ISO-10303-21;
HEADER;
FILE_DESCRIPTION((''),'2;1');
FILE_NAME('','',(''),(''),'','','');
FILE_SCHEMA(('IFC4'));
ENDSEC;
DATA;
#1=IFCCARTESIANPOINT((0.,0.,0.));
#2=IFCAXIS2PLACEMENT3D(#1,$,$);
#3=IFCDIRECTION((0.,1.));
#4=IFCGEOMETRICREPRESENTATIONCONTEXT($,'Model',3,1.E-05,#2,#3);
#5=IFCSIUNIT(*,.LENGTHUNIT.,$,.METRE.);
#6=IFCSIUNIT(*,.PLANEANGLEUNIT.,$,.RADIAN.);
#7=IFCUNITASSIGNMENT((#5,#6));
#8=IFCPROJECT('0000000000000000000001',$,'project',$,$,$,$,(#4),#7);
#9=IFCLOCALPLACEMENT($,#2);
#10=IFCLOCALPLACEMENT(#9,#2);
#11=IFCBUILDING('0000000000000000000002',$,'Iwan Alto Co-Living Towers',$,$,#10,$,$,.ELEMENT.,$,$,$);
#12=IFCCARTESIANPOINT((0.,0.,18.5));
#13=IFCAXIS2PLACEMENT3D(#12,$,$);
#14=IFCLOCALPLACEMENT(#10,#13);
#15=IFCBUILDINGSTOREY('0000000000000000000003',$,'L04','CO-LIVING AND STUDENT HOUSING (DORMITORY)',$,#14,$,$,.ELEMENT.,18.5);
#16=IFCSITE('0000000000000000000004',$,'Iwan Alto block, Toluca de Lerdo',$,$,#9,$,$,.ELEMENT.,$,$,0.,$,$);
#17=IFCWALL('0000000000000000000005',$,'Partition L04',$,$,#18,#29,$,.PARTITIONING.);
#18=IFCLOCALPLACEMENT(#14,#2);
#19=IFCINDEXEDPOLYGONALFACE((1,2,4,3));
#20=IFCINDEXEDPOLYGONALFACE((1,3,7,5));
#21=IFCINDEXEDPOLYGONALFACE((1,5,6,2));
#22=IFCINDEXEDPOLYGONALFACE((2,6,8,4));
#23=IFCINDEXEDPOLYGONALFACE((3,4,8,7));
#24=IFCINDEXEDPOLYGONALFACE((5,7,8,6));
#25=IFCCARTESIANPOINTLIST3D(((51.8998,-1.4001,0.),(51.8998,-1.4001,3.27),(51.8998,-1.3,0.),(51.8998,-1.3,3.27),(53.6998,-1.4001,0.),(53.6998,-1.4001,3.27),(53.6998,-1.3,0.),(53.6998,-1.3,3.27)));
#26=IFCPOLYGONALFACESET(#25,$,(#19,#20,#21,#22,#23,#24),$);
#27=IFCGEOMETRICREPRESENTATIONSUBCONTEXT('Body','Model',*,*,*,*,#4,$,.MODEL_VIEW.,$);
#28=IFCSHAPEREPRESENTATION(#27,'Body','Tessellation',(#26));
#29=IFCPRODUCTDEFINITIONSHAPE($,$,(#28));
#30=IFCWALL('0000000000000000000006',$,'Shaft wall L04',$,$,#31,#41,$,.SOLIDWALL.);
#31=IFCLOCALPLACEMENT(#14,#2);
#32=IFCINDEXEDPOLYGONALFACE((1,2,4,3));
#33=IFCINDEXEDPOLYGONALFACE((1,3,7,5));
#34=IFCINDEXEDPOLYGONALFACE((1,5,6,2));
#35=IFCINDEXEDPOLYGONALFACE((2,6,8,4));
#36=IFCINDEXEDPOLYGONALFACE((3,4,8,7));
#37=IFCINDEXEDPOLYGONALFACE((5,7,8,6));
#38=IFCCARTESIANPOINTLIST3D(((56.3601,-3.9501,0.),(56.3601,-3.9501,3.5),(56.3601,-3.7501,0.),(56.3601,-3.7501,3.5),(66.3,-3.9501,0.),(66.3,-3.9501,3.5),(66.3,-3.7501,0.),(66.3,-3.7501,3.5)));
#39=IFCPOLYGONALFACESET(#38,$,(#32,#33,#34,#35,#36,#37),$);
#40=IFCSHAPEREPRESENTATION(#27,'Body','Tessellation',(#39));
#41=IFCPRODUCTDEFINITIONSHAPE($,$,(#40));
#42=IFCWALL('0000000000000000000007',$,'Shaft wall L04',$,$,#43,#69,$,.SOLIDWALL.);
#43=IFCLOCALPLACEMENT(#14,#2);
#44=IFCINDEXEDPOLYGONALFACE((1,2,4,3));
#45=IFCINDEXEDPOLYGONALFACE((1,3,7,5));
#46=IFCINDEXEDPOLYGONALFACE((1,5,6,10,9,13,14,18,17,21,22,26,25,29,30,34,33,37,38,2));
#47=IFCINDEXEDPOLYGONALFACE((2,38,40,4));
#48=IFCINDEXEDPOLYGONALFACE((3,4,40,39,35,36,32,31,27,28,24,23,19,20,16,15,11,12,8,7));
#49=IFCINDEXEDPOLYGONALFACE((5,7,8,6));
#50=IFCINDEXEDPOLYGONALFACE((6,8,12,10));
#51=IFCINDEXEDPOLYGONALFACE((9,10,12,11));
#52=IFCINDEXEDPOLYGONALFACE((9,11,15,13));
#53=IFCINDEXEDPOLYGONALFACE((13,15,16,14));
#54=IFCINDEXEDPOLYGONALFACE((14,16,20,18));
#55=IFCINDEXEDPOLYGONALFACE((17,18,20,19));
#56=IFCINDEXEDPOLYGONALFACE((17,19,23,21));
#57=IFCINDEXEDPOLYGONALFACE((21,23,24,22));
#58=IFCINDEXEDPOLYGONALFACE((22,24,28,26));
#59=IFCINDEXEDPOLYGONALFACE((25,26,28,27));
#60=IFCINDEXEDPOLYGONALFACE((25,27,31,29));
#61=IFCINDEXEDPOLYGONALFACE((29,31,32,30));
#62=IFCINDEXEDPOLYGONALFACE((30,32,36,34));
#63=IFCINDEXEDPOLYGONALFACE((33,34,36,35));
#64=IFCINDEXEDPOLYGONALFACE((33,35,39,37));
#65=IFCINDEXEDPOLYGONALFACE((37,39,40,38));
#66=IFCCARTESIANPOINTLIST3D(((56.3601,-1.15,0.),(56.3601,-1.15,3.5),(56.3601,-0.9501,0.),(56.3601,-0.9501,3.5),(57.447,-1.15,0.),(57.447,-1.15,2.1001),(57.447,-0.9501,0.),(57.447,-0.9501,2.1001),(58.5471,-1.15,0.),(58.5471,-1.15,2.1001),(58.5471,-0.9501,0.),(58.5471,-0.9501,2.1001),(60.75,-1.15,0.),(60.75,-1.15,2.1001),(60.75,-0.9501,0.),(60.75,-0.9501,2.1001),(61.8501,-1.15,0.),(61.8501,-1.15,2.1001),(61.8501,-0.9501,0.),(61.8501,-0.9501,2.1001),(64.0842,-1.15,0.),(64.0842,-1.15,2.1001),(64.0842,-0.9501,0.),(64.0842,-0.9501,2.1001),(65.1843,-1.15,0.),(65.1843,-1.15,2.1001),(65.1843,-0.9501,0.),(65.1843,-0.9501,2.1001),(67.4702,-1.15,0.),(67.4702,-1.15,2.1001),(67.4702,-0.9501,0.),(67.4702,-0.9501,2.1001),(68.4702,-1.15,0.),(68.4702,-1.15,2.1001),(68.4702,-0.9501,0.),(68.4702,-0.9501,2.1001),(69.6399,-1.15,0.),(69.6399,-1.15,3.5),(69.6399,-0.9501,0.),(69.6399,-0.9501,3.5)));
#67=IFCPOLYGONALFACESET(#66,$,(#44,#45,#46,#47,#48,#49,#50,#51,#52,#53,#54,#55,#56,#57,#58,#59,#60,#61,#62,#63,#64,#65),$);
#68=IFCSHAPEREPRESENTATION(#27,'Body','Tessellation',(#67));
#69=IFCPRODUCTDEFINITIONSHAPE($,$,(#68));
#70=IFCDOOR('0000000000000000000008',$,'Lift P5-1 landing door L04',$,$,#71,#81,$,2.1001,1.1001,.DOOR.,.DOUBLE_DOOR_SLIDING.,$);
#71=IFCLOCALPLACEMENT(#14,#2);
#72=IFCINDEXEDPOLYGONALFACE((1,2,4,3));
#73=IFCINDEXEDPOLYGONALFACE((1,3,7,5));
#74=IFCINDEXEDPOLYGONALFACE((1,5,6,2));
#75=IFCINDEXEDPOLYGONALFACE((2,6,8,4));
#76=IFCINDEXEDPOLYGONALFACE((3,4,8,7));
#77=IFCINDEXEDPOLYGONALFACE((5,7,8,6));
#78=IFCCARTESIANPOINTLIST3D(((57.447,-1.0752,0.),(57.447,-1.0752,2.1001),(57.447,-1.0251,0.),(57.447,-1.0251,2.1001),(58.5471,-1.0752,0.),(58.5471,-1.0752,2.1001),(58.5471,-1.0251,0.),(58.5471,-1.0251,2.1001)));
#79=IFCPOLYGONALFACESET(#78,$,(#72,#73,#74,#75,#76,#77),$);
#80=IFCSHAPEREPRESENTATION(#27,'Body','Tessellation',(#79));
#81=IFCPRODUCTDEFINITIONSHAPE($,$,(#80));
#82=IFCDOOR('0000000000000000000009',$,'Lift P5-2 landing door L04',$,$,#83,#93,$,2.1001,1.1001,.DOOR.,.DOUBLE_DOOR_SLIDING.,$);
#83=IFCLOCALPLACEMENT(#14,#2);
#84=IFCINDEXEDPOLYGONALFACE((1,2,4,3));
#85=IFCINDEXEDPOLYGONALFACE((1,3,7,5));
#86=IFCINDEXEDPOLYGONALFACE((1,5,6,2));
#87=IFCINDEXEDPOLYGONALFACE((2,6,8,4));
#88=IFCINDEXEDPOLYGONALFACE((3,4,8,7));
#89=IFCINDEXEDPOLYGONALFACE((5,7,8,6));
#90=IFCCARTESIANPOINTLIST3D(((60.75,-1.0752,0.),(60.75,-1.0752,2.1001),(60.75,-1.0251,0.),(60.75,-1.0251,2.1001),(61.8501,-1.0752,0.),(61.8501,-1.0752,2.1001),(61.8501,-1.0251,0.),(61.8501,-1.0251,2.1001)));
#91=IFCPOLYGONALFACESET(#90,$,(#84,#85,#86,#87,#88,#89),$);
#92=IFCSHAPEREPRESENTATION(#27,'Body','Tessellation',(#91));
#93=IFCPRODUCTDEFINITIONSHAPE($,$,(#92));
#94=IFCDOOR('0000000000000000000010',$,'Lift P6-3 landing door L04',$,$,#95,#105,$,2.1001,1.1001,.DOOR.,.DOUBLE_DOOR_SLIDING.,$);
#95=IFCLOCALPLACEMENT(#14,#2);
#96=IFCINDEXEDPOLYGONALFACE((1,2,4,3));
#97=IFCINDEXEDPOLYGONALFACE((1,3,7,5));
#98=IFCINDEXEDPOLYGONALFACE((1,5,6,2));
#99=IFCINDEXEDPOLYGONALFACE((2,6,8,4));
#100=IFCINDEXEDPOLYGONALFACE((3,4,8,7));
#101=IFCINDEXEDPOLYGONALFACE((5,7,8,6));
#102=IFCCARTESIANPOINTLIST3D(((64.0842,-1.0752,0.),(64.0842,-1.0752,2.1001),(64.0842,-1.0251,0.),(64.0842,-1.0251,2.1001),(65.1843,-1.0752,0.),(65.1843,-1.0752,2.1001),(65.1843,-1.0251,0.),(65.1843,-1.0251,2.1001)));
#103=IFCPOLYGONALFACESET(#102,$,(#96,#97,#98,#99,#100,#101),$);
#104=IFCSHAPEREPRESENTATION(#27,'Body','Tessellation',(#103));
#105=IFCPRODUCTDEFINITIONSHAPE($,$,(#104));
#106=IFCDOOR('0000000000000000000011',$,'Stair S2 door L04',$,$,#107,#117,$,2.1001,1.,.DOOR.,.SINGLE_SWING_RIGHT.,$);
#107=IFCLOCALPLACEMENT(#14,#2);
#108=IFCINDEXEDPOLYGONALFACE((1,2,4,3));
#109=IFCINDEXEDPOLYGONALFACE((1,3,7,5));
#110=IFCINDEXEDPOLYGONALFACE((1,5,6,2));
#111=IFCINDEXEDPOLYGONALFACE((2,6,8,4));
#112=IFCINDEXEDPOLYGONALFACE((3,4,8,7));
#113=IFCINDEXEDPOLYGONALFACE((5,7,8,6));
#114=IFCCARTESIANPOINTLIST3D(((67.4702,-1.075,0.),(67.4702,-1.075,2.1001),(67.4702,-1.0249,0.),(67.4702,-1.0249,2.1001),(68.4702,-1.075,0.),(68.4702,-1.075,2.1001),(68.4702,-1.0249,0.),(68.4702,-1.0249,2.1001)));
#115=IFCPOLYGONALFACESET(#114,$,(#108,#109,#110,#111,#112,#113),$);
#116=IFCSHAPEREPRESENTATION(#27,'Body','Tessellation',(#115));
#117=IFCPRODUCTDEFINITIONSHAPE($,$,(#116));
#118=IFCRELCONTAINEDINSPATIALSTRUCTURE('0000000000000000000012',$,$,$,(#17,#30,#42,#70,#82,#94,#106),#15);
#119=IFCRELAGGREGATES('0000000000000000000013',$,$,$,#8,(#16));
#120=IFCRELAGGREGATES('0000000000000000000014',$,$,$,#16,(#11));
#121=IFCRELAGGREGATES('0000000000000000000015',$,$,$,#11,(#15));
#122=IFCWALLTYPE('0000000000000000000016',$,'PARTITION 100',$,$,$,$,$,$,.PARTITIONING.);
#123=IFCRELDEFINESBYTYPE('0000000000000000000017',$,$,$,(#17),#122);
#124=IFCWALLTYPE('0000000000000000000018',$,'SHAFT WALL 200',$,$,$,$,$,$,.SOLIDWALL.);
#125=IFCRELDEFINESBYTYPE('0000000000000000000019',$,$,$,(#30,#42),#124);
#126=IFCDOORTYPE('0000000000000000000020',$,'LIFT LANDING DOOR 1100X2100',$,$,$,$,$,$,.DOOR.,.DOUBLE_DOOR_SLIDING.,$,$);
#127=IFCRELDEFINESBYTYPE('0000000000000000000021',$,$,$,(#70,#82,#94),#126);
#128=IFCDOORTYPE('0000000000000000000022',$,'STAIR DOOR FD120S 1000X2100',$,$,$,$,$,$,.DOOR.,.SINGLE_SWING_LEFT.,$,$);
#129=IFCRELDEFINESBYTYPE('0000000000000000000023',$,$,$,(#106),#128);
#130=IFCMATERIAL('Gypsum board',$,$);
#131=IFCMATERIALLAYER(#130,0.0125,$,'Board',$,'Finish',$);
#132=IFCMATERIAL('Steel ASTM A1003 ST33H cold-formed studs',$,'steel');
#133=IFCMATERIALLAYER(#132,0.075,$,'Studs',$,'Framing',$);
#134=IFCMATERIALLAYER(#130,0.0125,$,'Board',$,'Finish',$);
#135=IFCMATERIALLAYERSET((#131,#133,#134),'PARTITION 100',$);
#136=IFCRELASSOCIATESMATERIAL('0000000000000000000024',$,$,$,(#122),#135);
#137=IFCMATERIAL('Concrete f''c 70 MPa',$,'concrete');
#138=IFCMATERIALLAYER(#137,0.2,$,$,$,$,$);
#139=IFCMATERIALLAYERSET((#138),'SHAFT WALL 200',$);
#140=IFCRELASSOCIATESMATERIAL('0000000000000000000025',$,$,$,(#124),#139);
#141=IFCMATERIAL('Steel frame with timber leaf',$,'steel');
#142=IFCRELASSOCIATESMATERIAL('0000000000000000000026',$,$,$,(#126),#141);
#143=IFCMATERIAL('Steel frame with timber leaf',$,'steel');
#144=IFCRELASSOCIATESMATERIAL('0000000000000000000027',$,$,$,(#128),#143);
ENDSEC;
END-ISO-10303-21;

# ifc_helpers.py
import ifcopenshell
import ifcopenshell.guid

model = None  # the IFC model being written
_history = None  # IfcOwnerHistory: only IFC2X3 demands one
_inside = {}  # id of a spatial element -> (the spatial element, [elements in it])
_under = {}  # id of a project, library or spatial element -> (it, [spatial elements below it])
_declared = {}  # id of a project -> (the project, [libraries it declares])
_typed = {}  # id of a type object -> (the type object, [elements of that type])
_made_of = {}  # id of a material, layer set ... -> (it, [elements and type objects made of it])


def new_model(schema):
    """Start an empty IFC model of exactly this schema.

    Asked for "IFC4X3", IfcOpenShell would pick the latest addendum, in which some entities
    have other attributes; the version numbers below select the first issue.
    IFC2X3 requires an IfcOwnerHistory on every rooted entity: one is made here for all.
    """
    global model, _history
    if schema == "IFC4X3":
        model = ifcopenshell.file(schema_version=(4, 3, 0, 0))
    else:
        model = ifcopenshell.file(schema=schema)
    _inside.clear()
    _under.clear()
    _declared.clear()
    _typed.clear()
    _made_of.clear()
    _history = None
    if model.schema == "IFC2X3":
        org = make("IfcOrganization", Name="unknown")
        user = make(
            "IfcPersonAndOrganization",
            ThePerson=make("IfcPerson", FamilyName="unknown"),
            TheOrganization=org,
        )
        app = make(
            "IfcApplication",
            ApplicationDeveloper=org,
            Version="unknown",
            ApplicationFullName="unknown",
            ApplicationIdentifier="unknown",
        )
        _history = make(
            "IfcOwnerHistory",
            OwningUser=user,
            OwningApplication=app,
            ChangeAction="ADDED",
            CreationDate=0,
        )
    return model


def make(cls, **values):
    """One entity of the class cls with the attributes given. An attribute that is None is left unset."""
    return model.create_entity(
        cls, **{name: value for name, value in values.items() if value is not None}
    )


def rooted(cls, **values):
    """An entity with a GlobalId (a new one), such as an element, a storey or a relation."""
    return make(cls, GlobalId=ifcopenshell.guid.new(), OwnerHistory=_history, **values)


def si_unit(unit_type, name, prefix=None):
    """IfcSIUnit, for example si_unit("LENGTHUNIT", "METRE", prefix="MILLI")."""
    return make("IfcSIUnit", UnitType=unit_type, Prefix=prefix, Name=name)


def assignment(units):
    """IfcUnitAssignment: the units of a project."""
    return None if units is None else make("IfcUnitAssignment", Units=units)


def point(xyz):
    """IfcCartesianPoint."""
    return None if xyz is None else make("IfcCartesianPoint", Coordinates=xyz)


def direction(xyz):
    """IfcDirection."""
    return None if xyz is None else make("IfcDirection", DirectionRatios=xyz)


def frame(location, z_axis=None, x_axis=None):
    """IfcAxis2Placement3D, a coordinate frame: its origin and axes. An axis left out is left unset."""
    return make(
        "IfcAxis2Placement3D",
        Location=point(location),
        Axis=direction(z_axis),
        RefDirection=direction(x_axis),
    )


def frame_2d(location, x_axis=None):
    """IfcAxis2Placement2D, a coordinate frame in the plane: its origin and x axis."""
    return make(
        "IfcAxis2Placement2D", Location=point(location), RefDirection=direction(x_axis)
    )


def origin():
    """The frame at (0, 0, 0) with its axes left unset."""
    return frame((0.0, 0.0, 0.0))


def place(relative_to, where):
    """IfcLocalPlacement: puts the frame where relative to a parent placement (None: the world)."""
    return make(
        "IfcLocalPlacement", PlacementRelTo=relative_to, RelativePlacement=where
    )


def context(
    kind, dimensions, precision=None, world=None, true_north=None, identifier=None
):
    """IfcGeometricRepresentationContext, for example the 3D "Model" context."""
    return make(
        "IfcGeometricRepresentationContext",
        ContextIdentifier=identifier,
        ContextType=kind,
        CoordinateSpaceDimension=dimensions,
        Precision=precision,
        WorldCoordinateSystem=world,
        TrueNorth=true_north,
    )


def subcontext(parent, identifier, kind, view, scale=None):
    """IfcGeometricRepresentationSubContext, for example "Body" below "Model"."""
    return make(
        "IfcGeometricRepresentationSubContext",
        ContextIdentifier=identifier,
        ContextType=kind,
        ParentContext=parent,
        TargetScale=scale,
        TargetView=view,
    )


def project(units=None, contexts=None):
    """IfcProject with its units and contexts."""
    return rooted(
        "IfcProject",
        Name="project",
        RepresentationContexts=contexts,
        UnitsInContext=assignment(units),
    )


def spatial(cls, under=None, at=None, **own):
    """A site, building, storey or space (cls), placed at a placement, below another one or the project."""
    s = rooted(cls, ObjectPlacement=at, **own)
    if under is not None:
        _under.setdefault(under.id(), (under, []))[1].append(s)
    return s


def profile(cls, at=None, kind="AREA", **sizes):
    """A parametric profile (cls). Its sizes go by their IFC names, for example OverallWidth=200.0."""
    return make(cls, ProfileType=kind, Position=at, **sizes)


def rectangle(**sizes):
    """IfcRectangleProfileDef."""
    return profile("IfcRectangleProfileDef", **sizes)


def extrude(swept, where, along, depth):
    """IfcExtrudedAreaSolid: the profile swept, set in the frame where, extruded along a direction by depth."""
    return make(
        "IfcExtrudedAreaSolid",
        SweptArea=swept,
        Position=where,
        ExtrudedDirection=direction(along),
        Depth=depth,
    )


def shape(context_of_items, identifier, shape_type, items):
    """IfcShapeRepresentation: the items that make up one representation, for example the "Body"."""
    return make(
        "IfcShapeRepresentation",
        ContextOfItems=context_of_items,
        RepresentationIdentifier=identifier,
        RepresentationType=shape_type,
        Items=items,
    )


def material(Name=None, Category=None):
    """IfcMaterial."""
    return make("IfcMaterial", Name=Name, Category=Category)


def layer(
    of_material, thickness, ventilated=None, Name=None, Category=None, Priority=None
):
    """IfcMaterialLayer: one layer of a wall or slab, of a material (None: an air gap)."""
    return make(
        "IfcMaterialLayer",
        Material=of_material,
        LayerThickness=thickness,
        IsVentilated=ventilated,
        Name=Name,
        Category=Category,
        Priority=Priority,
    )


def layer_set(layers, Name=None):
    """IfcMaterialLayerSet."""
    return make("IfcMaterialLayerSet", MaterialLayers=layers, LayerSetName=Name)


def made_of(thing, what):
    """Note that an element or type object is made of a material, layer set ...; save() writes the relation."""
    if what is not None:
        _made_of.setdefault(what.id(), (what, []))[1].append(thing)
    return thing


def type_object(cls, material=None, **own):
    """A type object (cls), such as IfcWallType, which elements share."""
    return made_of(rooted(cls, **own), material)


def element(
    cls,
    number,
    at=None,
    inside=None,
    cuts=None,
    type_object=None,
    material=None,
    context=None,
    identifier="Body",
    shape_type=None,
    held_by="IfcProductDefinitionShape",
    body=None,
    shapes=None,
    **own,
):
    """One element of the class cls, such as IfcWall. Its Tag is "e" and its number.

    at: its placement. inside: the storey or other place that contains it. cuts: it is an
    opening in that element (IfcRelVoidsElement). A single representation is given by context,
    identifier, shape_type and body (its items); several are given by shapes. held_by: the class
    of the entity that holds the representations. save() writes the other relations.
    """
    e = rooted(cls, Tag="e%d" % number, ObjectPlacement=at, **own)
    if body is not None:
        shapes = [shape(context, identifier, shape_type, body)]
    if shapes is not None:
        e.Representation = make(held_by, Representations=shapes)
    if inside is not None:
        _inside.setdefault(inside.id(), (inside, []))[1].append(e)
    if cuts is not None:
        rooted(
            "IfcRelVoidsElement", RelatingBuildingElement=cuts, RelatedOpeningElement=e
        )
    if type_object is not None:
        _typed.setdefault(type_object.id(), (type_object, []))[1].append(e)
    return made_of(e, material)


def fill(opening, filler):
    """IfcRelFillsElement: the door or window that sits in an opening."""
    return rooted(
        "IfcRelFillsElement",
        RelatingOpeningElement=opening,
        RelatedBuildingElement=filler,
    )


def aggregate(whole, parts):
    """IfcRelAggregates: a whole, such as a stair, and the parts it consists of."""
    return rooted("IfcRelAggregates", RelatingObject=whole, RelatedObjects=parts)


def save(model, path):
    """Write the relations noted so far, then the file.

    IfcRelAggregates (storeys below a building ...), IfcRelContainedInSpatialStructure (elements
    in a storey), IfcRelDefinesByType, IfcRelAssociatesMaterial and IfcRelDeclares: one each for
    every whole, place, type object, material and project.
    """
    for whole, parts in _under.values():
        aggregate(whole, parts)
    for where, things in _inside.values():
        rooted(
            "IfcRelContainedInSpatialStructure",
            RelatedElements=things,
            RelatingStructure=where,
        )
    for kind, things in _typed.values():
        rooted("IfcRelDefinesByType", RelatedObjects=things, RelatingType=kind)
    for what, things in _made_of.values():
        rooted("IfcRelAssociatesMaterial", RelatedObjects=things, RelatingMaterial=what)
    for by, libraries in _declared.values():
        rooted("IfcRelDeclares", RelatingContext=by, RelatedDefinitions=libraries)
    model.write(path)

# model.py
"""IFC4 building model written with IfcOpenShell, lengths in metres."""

from ifc_helpers import new_model, si_unit, direction, frame, frame_2d, origin, place, context, subcontext, project, spatial, rectangle, extrude, material, layer, layer_set, type_object, element, fill, save


model = new_model("IFC4")

# Units and contexts
model_context = context("Model", 3, precision=1e-05, world=origin(), true_north=direction((0.0, 1.0)))
body_context = subcontext(model_context, "Body", "Model", "MODEL_VIEW")
ifc_project = project(units=[si_unit("LENGTHUNIT", "METRE"), si_unit("PLANEANGLEUNIT", "RADIAN")], contexts=[model_context])

# Site, building, storey
site_placement = place(None, origin())
site = spatial("IfcSite", under=ifc_project, at=site_placement, Name="Iwan Alto block, Toluca de Lerdo", CompositionType="ELEMENT", RefElevation=0.0)
building_placement = place(site_placement, origin())
building = spatial("IfcBuilding", under=site, at=building_placement, Name="Iwan Alto Co-Living Towers", CompositionType="ELEMENT")
storey_placement = place(building_placement, frame((0.0, 0.0, 18.5)))
storey = spatial("IfcBuildingStorey", under=building, at=storey_placement, Name="L04", Description="CO-LIVING AND STUDENT HOUSING (DORMITORY)", CompositionType="ELEMENT", Elevation=18.5)

# Walls
ifc_material_1 = material(Name="Gypsum board")
ifc_layer_1 = layer(ifc_material_1, 0.0125, Name="Board", Category="Finish")
ifc_material_2 = material(Name="Steel ASTM A1003 ST33H cold-formed studs", Category="steel")
ifc_layer_2 = layer(ifc_material_2, 0.075, Name="Studs", Category="Framing")
ifc_layer_3 = layer(ifc_material_1, 0.0125, Name="Board", Category="Finish")
ifc_layer_set_1 = layer_set([ifc_layer_1, ifc_layer_2, ifc_layer_3], Name="PARTITION 100")
wall_type_1 = type_object("IfcWallType", Name="PARTITION 100", PredefinedType="PARTITIONING", material=ifc_layer_set_1)
wall_1_placement = place(storey_placement, frame((51.8999, -1.3501, 0.0), z_axis=(0.0, 0.0, 1.0), x_axis=(1.0, 0.0, 0.0)))
element("IfcWall", 1, at=wall_1_placement, inside=storey, type_object=wall_type_1, Name="Partition L04", PredefinedType="PARTITIONING", context=body_context, shape_type="SweptSolid", body=[
    extrude(rectangle(XDim=1.8, YDim=0.1001, at=frame_2d((0.8999, 0.0))), origin(), (0.0, 0.0, 1.0), 3.27),
])
ifc_material_3 = material(Name="Concrete f'c 70 MPa", Category="concrete")
ifc_layer_4 = layer(ifc_material_3, 0.2)
ifc_layer_set_2 = layer_set([ifc_layer_4], Name="SHAFT WALL 200")
wall_type_2 = type_object("IfcWallType", Name="SHAFT WALL 200", PredefinedType="SOLIDWALL", material=ifc_layer_set_2)
wall_2_placement = place(storey_placement, frame((56.3601, -3.8501, 0.0), z_axis=(0.0, 0.0, 1.0), x_axis=(1.0, 0.0, 0.0)))
element("IfcWall", 2, at=wall_2_placement, inside=storey, type_object=wall_type_2, Name="Shaft wall L04", PredefinedType="SOLIDWALL", context=body_context, shape_type="SweptSolid", body=[
    extrude(rectangle(XDim=9.9399, YDim=0.2, at=frame_2d((4.97, 0.0))), origin(), (0.0, 0.0, 1.0), 3.5),
])

# Wall, openings, doors
wall_3_placement = place(storey_placement, frame((56.3601, -1.05, 0.0), z_axis=(0.0, 0.0, 1.0), x_axis=(1.0, 0.0, 0.0)))
wall_3 = element("IfcWall", 3, at=wall_3_placement, inside=storey, type_object=wall_type_2, Name="Shaft wall L04", PredefinedType="SOLIDWALL", context=body_context, shape_type="SweptSolid", body=[
    extrude(rectangle(XDim=13.2798, YDim=0.2, at=frame_2d((6.6399, 0.0))), origin(), (0.0, 0.0, 1.0), 3.5),
])
opening_1_placement = place(wall_3_placement, frame((11.1101, 0.0, 0.0)))
opening_1 = element("IfcOpeningElement", 4, at=opening_1_placement, cuts=wall_3, PredefinedType="OPENING", context=body_context, shape_type="SweptSolid", body=[
    extrude(rectangle(XDim=1.0, YDim=2.1001, at=frame_2d((0.5, 1.05))), frame((0.0, 0.1099, 0.0), z_axis=(0.0, -1.0, 0.0), x_axis=(1.0, 0.0, 0.0)), (0.0, 0.0, 1.0), 0.22),
])
opening_2_placement = place(wall_3_placement, frame((1.0869, 0.0, 0.0)))
opening_2 = element("IfcOpeningElement", 5, at=opening_2_placement, cuts=wall_3, PredefinedType="OPENING", context=body_context, shape_type="SweptSolid", body=[
    extrude(rectangle(XDim=1.1001, YDim=2.1001, at=frame_2d((0.55, 1.05))), frame((0.0, 0.1099, 0.0), z_axis=(0.0, -1.0, 0.0), x_axis=(1.0, 0.0, 0.0)), (0.0, 0.0, 1.0), 0.22),
])
opening_3_placement = place(wall_3_placement, frame((4.3899, 0.0, 0.0)))
opening_3 = element("IfcOpeningElement", 6, at=opening_3_placement, cuts=wall_3, PredefinedType="OPENING", context=body_context, shape_type="SweptSolid", body=[
    extrude(rectangle(XDim=1.1001, YDim=2.1001, at=frame_2d((0.55, 1.05))), frame((0.0, 0.1099, 0.0), z_axis=(0.0, -1.0, 0.0), x_axis=(1.0, 0.0, 0.0)), (0.0, 0.0, 1.0), 0.22),
])
opening_4_placement = place(wall_3_placement, frame((7.7241, 0.0, 0.0)))
opening_4 = element("IfcOpeningElement", 7, at=opening_4_placement, cuts=wall_3, PredefinedType="OPENING", context=body_context, shape_type="SweptSolid", body=[
    extrude(rectangle(XDim=1.1001, YDim=2.1001, at=frame_2d((0.55, 1.05))), frame((0.0, 0.1099, 0.0), z_axis=(0.0, -1.0, 0.0), x_axis=(1.0, 0.0, 0.0)), (0.0, 0.0, 1.0), 0.22),
])
ifc_material_4 = material(Name="Steel frame with timber leaf", Category="steel")
door_type_1 = type_object("IfcDoorType", Name="LIFT LANDING DOOR 1100X2100", OperationType="DOUBLE_DOOR_SLIDING", PredefinedType="DOOR", material=ifc_material_4)
door_1_placement = place(opening_2_placement, origin())
door_1 = element("IfcDoor", 8, at=door_1_placement, inside=storey, type_object=door_type_1, Name="Lift P5-1 landing door L04", OperationType="DOUBLE_DOOR_SLIDING", OverallHeight=2.1001, OverallWidth=1.1001, PredefinedType="DOOR", context=body_context, shape_type="SweptSolid", body=[
    extrude(rectangle(XDim=1.1001, YDim=2.1001, at=frame_2d((0.55, 1.05))), frame((0.0, 0.0249, 0.0), z_axis=(0.0, -1.0, 0.0), x_axis=(1.0, 0.0, 0.0)), (0.0, 0.0, 1.0), 0.05),
])
fill(opening_2, door_1)
door_2_placement = place(opening_3_placement, origin())
door_2 = element("IfcDoor", 9, at=door_2_placement, inside=storey, type_object=door_type_1, Name="Lift P5-2 landing door L04", OperationType="DOUBLE_DOOR_SLIDING", OverallHeight=2.1001, OverallWidth=1.1001, PredefinedType="DOOR", context=body_context, shape_type="SweptSolid", body=[
    extrude(rectangle(XDim=1.1001, YDim=2.1001, at=frame_2d((0.55, 1.05))), frame((0.0, 0.0249, 0.0), z_axis=(0.0, -1.0, 0.0), x_axis=(1.0, 0.0, 0.0)), (0.0, 0.0, 1.0), 0.05),
])
fill(opening_3, door_2)
door_3_placement = place(opening_4_placement, origin())
door_3 = element("IfcDoor", 10, at=door_3_placement, inside=storey, type_object=door_type_1, Name="Lift P6-3 landing door L04", OperationType="DOUBLE_DOOR_SLIDING", OverallHeight=2.1001, OverallWidth=1.1001, PredefinedType="DOOR", context=body_context, shape_type="SweptSolid", body=[
    extrude(rectangle(XDim=1.1001, YDim=2.1001, at=frame_2d((0.55, 1.05))), frame((0.0, 0.0249, 0.0), z_axis=(0.0, -1.0, 0.0), x_axis=(1.0, 0.0, 0.0)), (0.0, 0.0, 1.0), 0.05),
])
fill(opening_4, door_3)
ifc_material_5 = material(Name="Steel frame with timber leaf", Category="steel")
door_type_2 = type_object("IfcDoorType", Name="STAIR DOOR FD120S 1000X2100", OperationType="SINGLE_SWING_LEFT", PredefinedType="DOOR", material=ifc_material_5)
door_4_placement = place(opening_1_placement, frame((1.0, 0.0, 0.0), z_axis=(0.0, 0.0, 1.0), x_axis=(-1.0, 0.0, 0.0)))
door_4 = element("IfcDoor", 11, at=door_4_placement, inside=storey, type_object=door_type_2, Name="Stair S2 door L04", OperationType="SINGLE_SWING_RIGHT", OverallHeight=2.1001, OverallWidth=1.0, PredefinedType="DOOR", context=body_context, shape_type="SweptSolid", body=[
    extrude(rectangle(XDim=1.0, YDim=2.1001, at=frame_2d((0.5, 1.05))), frame((0.0, 0.0249, 0.0), z_axis=(0.0, -1.0, 0.0), x_axis=(1.0, 0.0, 0.0)), (0.0, 0.0, 1.0), 0.05),
])
fill(opening_1, door_4)

save(model, "model.ifc")
